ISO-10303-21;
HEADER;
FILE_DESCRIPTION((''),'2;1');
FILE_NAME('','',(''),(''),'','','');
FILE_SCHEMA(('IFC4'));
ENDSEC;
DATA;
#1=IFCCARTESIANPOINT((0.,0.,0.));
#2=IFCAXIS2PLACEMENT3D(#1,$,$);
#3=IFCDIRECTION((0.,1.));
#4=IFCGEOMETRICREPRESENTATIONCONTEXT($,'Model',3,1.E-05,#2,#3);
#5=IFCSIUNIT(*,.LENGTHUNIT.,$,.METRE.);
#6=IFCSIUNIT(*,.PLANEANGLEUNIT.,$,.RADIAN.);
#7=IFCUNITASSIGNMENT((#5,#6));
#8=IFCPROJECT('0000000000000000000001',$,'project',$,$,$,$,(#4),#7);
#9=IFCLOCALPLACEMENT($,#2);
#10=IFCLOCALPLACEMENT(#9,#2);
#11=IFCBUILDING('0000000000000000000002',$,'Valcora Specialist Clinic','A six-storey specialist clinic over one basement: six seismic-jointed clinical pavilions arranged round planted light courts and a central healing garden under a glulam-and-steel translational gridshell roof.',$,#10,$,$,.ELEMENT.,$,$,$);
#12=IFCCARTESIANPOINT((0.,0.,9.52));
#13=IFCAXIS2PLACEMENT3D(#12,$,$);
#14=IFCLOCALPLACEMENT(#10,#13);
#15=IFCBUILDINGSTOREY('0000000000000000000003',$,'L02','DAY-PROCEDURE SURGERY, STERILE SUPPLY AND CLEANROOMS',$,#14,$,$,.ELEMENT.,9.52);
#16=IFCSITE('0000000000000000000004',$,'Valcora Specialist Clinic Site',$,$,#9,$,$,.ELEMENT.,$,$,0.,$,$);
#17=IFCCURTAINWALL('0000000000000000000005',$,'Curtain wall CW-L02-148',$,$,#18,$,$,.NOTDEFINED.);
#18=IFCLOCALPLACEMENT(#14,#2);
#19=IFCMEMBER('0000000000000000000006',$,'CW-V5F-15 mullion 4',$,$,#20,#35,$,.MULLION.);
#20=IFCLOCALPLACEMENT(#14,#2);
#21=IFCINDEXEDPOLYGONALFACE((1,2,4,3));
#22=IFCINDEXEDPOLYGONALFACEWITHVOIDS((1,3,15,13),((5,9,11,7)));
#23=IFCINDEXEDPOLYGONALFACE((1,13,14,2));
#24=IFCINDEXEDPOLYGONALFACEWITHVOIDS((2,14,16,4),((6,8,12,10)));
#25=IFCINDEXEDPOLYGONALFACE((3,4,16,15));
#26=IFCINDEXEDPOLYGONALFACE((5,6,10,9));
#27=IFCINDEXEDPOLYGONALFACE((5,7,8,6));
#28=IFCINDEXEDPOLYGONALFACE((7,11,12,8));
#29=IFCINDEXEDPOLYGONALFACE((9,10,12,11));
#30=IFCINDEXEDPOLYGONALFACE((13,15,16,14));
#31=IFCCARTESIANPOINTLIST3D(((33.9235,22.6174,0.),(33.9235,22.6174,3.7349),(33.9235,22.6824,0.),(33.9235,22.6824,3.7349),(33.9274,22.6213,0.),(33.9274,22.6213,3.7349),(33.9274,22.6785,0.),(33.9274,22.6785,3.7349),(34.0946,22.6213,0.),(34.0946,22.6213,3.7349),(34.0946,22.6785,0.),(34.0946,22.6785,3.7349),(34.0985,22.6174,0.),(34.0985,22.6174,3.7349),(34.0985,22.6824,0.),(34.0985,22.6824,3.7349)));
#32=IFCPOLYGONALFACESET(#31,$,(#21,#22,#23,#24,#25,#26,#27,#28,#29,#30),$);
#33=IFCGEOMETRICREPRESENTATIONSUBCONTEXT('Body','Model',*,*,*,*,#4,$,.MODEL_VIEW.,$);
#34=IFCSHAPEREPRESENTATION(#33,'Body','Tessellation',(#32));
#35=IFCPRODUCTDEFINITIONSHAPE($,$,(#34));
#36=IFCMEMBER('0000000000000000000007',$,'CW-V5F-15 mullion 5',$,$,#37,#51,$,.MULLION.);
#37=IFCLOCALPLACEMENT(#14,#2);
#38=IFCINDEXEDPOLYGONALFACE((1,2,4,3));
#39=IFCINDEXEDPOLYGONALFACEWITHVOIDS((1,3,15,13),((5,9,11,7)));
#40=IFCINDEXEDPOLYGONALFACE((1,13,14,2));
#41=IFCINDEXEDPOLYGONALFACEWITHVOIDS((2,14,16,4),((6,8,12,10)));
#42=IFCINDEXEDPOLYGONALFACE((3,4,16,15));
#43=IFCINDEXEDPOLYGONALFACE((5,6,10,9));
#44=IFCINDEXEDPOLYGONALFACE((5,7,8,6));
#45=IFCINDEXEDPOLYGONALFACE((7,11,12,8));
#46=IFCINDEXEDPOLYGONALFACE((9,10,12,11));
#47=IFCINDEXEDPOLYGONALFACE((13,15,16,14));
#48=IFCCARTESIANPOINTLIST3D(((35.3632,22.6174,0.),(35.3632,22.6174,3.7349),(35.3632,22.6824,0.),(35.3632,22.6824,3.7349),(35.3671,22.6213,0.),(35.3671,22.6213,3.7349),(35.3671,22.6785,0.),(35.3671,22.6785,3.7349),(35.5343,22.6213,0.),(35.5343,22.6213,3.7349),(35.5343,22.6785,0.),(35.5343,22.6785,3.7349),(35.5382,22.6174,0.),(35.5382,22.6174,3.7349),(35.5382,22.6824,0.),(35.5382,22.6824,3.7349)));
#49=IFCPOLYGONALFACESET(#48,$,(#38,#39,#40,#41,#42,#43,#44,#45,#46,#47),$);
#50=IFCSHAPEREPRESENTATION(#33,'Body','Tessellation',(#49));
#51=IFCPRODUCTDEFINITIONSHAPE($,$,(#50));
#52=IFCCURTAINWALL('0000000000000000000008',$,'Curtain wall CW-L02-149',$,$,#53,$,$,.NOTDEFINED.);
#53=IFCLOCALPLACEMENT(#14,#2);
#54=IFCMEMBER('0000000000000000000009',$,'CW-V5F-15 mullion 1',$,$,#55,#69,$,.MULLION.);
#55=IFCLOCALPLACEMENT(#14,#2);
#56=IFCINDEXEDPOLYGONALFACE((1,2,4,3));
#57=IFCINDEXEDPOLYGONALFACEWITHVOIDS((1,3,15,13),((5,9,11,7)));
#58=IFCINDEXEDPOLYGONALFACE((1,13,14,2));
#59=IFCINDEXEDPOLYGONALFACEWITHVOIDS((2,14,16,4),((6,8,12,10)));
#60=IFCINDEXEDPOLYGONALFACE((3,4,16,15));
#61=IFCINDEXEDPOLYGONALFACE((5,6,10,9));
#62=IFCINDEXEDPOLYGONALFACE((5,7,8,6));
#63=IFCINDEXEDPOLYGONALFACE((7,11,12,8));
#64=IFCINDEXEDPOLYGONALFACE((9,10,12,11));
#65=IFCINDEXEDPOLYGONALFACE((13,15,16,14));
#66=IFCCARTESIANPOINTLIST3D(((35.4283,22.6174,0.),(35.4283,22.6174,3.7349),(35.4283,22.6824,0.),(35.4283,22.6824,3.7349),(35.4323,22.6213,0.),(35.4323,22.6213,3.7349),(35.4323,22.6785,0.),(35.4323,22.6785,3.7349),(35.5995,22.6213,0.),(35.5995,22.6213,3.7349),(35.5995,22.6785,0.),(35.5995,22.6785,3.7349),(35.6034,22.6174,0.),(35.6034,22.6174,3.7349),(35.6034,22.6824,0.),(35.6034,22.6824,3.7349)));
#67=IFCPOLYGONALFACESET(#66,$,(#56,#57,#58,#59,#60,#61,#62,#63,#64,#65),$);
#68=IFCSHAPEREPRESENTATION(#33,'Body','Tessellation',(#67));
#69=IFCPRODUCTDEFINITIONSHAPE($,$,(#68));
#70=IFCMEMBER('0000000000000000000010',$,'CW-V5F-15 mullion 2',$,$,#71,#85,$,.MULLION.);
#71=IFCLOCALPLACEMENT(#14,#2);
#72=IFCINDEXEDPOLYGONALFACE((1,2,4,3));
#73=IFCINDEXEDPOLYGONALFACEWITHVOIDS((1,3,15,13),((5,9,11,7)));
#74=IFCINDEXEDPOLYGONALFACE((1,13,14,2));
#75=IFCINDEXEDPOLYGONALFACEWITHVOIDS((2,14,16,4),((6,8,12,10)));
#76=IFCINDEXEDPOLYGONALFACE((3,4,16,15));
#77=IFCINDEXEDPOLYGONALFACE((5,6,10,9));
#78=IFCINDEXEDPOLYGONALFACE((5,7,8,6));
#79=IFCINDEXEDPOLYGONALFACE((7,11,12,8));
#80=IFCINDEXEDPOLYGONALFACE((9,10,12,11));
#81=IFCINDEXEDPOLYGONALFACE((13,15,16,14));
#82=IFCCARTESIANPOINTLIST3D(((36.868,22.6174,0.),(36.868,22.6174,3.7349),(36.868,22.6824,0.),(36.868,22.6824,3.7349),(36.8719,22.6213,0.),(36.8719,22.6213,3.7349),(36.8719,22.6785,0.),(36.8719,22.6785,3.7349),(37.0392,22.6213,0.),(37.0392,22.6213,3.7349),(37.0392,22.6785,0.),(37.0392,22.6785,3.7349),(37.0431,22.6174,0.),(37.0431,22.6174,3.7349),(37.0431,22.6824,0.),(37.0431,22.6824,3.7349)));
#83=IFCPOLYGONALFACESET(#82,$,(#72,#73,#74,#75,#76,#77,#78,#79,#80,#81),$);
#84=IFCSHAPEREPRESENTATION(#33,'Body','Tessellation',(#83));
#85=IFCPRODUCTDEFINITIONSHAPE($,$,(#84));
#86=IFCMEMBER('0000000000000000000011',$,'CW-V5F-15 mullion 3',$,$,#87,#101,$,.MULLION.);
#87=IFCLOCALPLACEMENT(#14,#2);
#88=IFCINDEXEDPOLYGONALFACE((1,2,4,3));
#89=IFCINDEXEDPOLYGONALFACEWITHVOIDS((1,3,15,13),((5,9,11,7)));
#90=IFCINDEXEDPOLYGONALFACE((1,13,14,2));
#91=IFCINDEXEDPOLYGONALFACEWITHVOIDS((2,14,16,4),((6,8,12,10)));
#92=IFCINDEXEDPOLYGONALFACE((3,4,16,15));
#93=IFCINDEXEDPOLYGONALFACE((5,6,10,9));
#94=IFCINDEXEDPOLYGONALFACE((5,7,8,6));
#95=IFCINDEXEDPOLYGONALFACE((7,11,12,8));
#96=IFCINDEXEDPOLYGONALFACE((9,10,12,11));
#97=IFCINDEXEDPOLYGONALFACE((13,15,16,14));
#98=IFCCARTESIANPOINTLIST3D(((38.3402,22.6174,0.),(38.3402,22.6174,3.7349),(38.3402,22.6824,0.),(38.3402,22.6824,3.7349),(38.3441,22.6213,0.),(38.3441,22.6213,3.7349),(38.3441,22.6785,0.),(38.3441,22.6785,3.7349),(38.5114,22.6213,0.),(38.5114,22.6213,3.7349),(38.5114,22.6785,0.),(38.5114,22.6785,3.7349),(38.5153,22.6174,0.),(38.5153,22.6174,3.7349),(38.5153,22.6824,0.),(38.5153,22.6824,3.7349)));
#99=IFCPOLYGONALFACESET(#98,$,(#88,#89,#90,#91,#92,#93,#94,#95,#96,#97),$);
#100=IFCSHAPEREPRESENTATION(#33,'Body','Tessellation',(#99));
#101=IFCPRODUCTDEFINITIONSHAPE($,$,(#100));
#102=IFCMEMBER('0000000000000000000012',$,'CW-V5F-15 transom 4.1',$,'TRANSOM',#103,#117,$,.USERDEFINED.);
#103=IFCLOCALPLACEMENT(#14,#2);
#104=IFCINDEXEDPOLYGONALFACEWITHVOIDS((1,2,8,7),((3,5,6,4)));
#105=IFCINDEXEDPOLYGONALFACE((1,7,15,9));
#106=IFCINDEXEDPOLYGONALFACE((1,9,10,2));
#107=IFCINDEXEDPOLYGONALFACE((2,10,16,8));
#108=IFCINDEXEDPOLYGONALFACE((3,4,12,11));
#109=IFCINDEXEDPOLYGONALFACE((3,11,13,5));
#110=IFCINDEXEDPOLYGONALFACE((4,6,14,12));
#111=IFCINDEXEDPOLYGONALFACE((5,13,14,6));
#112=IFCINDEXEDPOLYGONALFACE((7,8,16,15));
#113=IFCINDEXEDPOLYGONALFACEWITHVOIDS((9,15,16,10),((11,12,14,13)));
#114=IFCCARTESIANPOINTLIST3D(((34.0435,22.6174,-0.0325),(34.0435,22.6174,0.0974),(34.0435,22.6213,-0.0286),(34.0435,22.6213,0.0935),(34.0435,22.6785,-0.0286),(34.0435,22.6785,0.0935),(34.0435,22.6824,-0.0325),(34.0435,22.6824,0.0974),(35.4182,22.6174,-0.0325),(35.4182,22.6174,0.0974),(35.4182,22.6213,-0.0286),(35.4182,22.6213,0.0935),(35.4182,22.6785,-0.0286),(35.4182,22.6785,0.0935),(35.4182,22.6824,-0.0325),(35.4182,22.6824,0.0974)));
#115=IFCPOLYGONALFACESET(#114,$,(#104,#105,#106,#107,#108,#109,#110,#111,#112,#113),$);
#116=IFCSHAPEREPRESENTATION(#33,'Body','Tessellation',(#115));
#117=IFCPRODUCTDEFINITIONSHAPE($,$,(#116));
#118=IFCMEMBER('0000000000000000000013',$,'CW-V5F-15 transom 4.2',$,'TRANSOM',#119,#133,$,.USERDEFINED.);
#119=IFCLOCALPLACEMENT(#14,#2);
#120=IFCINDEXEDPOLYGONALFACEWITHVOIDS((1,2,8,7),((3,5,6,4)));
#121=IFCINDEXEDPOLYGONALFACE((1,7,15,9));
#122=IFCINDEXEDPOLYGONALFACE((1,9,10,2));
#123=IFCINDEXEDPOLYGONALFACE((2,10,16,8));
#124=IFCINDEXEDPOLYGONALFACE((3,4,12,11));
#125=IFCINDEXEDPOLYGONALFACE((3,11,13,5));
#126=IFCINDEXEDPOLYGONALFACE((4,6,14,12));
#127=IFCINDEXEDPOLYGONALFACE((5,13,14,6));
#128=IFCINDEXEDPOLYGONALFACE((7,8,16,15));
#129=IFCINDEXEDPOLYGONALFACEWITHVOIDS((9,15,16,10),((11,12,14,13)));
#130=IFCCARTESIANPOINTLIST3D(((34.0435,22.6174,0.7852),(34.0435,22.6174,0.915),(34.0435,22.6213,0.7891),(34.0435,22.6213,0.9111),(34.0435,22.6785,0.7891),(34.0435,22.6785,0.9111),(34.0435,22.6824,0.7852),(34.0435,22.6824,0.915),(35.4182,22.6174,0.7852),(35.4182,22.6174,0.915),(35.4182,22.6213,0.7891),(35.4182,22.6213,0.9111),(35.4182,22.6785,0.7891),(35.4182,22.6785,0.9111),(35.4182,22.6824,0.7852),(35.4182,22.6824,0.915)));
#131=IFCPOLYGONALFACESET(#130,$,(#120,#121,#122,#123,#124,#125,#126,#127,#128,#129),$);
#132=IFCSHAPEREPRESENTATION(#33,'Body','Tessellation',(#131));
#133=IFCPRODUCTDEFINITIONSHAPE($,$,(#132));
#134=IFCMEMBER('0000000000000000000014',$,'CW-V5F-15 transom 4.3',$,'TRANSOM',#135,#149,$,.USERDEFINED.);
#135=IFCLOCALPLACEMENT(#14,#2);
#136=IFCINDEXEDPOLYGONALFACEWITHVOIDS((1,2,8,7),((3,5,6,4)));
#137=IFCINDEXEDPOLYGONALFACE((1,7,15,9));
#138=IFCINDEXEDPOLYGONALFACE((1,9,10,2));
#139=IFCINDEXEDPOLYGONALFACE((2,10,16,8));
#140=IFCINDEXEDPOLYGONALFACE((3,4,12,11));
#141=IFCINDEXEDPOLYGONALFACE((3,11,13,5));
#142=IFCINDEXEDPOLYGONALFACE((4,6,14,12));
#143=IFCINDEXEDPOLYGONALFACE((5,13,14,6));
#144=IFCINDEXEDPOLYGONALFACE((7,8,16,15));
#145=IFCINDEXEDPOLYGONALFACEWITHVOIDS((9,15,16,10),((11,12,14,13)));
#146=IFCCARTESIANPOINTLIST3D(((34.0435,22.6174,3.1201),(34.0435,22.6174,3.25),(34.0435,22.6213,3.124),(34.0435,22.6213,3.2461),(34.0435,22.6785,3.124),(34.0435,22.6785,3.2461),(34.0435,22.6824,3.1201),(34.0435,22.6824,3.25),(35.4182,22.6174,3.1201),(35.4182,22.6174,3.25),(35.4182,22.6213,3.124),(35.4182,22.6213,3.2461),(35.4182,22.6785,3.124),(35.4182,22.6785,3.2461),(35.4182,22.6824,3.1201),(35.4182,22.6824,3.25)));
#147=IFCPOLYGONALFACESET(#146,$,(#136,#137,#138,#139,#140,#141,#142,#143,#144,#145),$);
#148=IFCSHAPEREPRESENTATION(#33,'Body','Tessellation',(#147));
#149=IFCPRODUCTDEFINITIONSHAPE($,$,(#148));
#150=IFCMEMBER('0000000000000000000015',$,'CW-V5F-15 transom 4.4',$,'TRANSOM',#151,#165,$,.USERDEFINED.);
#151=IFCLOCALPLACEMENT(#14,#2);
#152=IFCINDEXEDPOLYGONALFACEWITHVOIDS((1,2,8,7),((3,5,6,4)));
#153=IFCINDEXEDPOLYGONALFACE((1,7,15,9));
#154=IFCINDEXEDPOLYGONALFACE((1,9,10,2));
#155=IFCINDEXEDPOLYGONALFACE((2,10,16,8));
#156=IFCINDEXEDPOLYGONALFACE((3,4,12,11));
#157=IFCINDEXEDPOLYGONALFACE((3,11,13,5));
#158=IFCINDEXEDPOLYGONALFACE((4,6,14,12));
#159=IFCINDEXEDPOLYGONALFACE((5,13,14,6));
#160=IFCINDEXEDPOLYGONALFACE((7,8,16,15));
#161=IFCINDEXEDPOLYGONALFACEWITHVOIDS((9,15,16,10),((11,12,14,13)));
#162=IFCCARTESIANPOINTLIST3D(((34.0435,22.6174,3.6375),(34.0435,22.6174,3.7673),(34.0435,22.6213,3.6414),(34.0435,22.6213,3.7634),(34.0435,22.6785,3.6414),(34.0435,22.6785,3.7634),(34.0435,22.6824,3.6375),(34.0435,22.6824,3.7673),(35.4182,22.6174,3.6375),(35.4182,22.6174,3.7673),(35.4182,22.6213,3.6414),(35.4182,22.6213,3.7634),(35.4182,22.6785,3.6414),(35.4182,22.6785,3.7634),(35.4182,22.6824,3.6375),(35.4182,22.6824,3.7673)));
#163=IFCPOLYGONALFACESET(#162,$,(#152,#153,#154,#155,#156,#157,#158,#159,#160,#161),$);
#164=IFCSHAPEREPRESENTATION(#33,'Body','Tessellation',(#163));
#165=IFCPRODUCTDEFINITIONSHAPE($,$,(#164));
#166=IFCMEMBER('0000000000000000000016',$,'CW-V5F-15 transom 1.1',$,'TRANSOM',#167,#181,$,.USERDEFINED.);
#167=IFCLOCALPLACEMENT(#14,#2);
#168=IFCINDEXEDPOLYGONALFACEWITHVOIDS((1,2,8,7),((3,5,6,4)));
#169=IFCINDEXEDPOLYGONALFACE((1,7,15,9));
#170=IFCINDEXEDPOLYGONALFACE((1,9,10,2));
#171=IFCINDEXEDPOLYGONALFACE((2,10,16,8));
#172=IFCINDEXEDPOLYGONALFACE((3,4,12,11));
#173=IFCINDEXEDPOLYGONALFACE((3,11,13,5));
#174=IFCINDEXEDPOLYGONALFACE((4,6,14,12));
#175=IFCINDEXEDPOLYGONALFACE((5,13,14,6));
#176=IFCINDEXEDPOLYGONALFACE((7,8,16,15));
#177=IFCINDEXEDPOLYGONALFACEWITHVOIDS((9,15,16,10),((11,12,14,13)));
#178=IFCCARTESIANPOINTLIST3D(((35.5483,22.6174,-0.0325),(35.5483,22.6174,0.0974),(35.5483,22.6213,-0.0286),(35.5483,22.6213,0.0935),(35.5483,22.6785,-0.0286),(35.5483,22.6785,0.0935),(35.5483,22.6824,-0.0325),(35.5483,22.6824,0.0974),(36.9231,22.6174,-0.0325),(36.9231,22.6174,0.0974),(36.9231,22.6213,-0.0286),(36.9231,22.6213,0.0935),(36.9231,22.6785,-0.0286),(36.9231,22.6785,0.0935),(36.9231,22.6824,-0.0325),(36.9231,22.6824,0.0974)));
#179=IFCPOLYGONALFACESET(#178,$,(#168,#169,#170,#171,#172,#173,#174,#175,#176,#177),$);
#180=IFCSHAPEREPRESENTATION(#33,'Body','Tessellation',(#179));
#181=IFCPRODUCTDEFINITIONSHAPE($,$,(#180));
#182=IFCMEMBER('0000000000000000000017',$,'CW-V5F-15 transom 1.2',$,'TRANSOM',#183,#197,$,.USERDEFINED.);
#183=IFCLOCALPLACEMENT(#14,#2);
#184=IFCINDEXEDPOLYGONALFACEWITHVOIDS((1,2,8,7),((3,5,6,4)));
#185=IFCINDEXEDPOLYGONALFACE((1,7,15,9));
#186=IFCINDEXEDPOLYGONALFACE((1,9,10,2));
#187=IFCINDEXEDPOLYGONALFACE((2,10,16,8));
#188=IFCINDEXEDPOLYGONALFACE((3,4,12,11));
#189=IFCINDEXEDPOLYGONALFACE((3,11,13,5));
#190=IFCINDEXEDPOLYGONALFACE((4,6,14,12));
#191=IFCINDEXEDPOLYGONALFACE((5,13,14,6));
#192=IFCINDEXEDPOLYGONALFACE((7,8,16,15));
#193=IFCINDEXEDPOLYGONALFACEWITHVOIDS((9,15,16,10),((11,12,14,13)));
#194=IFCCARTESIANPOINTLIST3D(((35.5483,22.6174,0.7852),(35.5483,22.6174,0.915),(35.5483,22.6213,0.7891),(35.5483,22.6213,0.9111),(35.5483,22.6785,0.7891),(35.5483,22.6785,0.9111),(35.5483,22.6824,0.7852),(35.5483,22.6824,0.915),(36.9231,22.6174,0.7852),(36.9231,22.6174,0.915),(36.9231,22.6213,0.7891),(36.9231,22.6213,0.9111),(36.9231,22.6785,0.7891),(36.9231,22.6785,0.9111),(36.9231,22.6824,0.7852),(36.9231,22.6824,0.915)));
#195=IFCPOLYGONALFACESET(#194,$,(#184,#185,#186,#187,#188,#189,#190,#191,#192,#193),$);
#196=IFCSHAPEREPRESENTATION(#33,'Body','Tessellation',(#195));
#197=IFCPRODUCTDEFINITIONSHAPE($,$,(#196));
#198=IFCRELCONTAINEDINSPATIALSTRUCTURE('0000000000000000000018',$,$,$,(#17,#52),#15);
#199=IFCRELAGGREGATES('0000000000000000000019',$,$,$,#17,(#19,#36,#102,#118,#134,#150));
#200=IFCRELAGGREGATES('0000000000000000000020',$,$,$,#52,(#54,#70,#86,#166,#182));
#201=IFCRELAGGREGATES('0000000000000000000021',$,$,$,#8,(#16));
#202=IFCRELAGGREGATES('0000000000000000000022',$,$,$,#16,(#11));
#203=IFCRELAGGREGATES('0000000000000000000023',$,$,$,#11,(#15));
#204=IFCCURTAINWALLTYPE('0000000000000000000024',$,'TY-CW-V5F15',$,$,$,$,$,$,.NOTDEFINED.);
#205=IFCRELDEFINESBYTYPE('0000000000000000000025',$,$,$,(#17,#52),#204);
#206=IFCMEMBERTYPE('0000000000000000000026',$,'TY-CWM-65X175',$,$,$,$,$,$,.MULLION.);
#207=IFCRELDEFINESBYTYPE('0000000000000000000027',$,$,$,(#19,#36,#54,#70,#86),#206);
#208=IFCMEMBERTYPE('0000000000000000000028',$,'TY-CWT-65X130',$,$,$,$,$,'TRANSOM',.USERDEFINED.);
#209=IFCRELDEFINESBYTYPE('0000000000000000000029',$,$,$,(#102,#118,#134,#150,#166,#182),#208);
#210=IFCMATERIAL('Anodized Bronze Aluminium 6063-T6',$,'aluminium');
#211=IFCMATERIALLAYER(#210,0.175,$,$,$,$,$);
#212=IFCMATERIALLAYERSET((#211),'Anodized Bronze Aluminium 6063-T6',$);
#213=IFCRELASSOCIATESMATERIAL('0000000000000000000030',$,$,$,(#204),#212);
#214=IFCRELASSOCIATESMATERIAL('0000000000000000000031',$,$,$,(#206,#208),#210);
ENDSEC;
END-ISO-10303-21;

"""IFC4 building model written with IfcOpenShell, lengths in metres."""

from ifc_helpers import new_model, si_unit, direction, frame, origin, origin_2d, place, context, subcontext, project, spatial, hollow_rectangle, extrude, material, layer, layer_set, material_profile, profile_set, type_object, element, aggregate, save


model = new_model("IFC4")

# Units and contexts
model_context = context("Model", 3, precision=1e-05, world=origin(), true_north=direction((0.0, 1.0)))
body_context = subcontext(model_context, "Body", "Model", "MODEL_VIEW")
ifc_project = project(units=[si_unit("LENGTHUNIT", "METRE"), si_unit("PLANEANGLEUNIT", "RADIAN")], contexts=[model_context])

# Site, building, storey
site_placement = place(None, origin())
site = spatial("IfcSite", under=ifc_project, at=site_placement, Name="Valcora Specialist Clinic Site", CompositionType="ELEMENT", RefElevation=0.0)
building_placement = place(site_placement, origin())
building = spatial("IfcBuilding", under=site, at=building_placement, Name="Valcora Specialist Clinic", Description="A six-storey specialist clinic over one basement: six seismic-jointed clinical pavilions arranged round planted light courts and a central healing garden under a glulam-and-steel translational gridshell roof.", CompositionType="ELEMENT")
storey_placement = place(building_placement, frame((0.0, 0.0, 9.52)))
storey = spatial("IfcBuildingStorey", under=building, at=storey_placement, Name="L02", Description="DAY-PROCEDURE SURGERY, STERILE SUPPLY AND CLEANROOMS", CompositionType="ELEMENT", Elevation=9.52)

# Curtain walls, members
ifc_material_1 = material(Name="Anodized Bronze Aluminium 6063-T6", Category="aluminium")
ifc_layer_1 = layer(ifc_material_1, 0.175)
ifc_layer_set_1 = layer_set([ifc_layer_1], Name="Anodized Bronze Aluminium 6063-T6")
curtain_wall_type = type_object("IfcCurtainWallType", Name="TY-CW-V5F15", PredefinedType="NOTDEFINED", material=ifc_layer_set_1)
curtain_wall_1_placement = place(storey_placement, origin())
curtain_wall_1 = element("IfcCurtainWall", 1, at=curtain_wall_1_placement, inside=storey, type_object=curtain_wall_type, Name="Curtain wall CW-L02-148", PredefinedType="NOTDEFINED")
ifc_material_profile_1 = material_profile(ifc_material_1, hollow_rectangle(XDim=0.0649, YDim=0.175, WallThickness=0.0039, at=origin_2d()), Name="AL-MUL-65X175")
ifc_profile_set_1 = profile_set([ifc_material_profile_1], Name="Anodized Bronze Aluminium 6063-T6")
member_type_1 = type_object("IfcMemberType", Name="TY-CWM-65X175", PredefinedType="MULLION", material=ifc_profile_set_1)
member_1_placement = place(storey_placement, frame((34.011, 22.6499, 0.0), z_axis=(0.0, 0.0, 1.0), x_axis=(0.0, 1.0, 0.0)))
member_1 = element("IfcMember", 2, at=member_1_placement, type_object=member_type_1, Name="CW-V5F-15 mullion 4", PredefinedType="MULLION", context=body_context, shape_type="SweptSolid", body=[
    extrude(hollow_rectangle(XDim=0.0649, YDim=0.175, WallThickness=0.0039, at=origin_2d()), origin(), (0.0, 0.0, 1.0), 3.7349),
])
member_2_placement = place(storey_placement, frame((35.4507, 22.6499, 0.0), z_axis=(0.0, 0.0, 1.0), x_axis=(0.0, 1.0, 0.0)))
member_2 = element("IfcMember", 3, at=member_2_placement, type_object=member_type_1, Name="CW-V5F-15 mullion 5", PredefinedType="MULLION", context=body_context, shape_type="SweptSolid", body=[
    extrude(hollow_rectangle(XDim=0.0649, YDim=0.175, WallThickness=0.0039, at=origin_2d()), origin(), (0.0, 0.0, 1.0), 3.7349),
])
curtain_wall_2_placement = place(storey_placement, origin())
curtain_wall_2 = element("IfcCurtainWall", 4, at=curtain_wall_2_placement, inside=storey, type_object=curtain_wall_type, Name="Curtain wall CW-L02-149", PredefinedType="NOTDEFINED")
member_3_placement = place(storey_placement, frame((35.5159, 22.6499, 0.0), z_axis=(0.0, 0.0, 1.0), x_axis=(0.0, 1.0, 0.0)))
member_3 = element("IfcMember", 5, at=member_3_placement, type_object=member_type_1, Name="CW-V5F-15 mullion 1", PredefinedType="MULLION", context=body_context, shape_type="SweptSolid", body=[
    extrude(hollow_rectangle(XDim=0.0649, YDim=0.175, WallThickness=0.0039, at=origin_2d()), origin(), (0.0, 0.0, 1.0), 3.7349),
])
member_4_placement = place(storey_placement, frame((36.9556, 22.6499, 0.0), z_axis=(0.0, 0.0, 1.0), x_axis=(0.0, 1.0, 0.0)))
member_4 = element("IfcMember", 6, at=member_4_placement, type_object=member_type_1, Name="CW-V5F-15 mullion 2", PredefinedType="MULLION", context=body_context, shape_type="SweptSolid", body=[
    extrude(hollow_rectangle(XDim=0.0649, YDim=0.175, WallThickness=0.0039, at=origin_2d()), origin(), (0.0, 0.0, 1.0), 3.7349),
])
member_5_placement = place(storey_placement, frame((38.4277, 22.6499, 0.0), z_axis=(0.0, 0.0, 1.0), x_axis=(0.0, 1.0, 0.0)))
member_5 = element("IfcMember", 7, at=member_5_placement, type_object=member_type_1, Name="CW-V5F-15 mullion 3", PredefinedType="MULLION", context=body_context, shape_type="SweptSolid", body=[
    extrude(hollow_rectangle(XDim=0.0649, YDim=0.175, WallThickness=0.0039, at=origin_2d()), origin(), (0.0, 0.0, 1.0), 3.7349),
])

# Members
ifc_material_profile_2 = material_profile(ifc_material_1, hollow_rectangle(XDim=0.0649, YDim=0.1299, WallThickness=0.0039, at=origin_2d()), Name="AL-TRN-65X130")
ifc_profile_set_2 = profile_set([ifc_material_profile_2], Name="Anodized Bronze Aluminium 6063-T6")
member_type_2 = type_object("IfcMemberType", Name="TY-CWT-65X130", ElementType="TRANSOM", PredefinedType="USERDEFINED", material=ifc_profile_set_2)
member_6_placement = place(storey_placement, frame((34.0435, 22.6499, 0.0325), z_axis=(1.0, 0.0, 0.0), x_axis=(0.0, 1.0, 0.0)))
member_6 = element("IfcMember", 8, at=member_6_placement, type_object=member_type_2, Name="CW-V5F-15 transom 4.1", ObjectType="TRANSOM", PredefinedType="USERDEFINED", context=body_context, shape_type="SweptSolid", body=[
    extrude(hollow_rectangle(XDim=0.0649, YDim=0.1299, WallThickness=0.0039, at=origin_2d()), origin(), (0.0, 0.0, 1.0), 1.3748),
])
member_7_placement = place(storey_placement, frame((34.0435, 22.6499, 0.8501), z_axis=(1.0, 0.0, 0.0), x_axis=(0.0, 1.0, 0.0)))
member_7 = element("IfcMember", 9, at=member_7_placement, type_object=member_type_2, Name="CW-V5F-15 transom 4.2", ObjectType="TRANSOM", PredefinedType="USERDEFINED", context=body_context, shape_type="SweptSolid", body=[
    extrude(hollow_rectangle(XDim=0.0649, YDim=0.1299, WallThickness=0.0039, at=origin_2d()), origin(), (0.0, 0.0, 1.0), 1.3748),
])
member_8_placement = place(storey_placement, frame((34.0435, 22.6499, 3.1851), z_axis=(1.0, 0.0, 0.0), x_axis=(0.0, 1.0, 0.0)))
member_8 = element("IfcMember", 10, at=member_8_placement, type_object=member_type_2, Name="CW-V5F-15 transom 4.3", ObjectType="TRANSOM", PredefinedType="USERDEFINED", context=body_context, shape_type="SweptSolid", body=[
    extrude(hollow_rectangle(XDim=0.0649, YDim=0.1299, WallThickness=0.0039, at=origin_2d()), origin(), (0.0, 0.0, 1.0), 1.3748),
])
member_9_placement = place(storey_placement, frame((34.0435, 22.6499, 3.7024), z_axis=(1.0, 0.0, 0.0), x_axis=(0.0, 1.0, 0.0)))
member_9 = element("IfcMember", 11, at=member_9_placement, type_object=member_type_2, Name="CW-V5F-15 transom 4.4", ObjectType="TRANSOM", PredefinedType="USERDEFINED", context=body_context, shape_type="SweptSolid", body=[
    extrude(hollow_rectangle(XDim=0.0649, YDim=0.1299, WallThickness=0.0039, at=origin_2d()), origin(), (0.0, 0.0, 1.0), 1.3748),
])
member_10_placement = place(storey_placement, frame((35.5483, 22.6499, 0.0325), z_axis=(1.0, 0.0, 0.0), x_axis=(0.0, 1.0, 0.0)))
member_10 = element("IfcMember", 12, at=member_10_placement, type_object=member_type_2, Name="CW-V5F-15 transom 1.1", ObjectType="TRANSOM", PredefinedType="USERDEFINED", context=body_context, shape_type="SweptSolid", body=[
    extrude(hollow_rectangle(XDim=0.0649, YDim=0.1299, WallThickness=0.0039, at=origin_2d()), origin(), (0.0, 0.0, 1.0), 1.3748),
])
member_11_placement = place(storey_placement, frame((35.5483, 22.6499, 0.8501), z_axis=(1.0, 0.0, 0.0), x_axis=(0.0, 1.0, 0.0)))
member_11 = element("IfcMember", 13, at=member_11_placement, type_object=member_type_2, Name="CW-V5F-15 transom 1.2", ObjectType="TRANSOM", PredefinedType="USERDEFINED", context=body_context, shape_type="SweptSolid", body=[
    extrude(hollow_rectangle(XDim=0.0649, YDim=0.1299, WallThickness=0.0039, at=origin_2d()), origin(), (0.0, 0.0, 1.0), 1.3748),
])

aggregate(curtain_wall_1, [member_1, member_2, member_6, member_7, member_8, member_9])
aggregate(curtain_wall_2, [member_3, member_4, member_5, member_10, member_11])

save(model, "model.ifc")
